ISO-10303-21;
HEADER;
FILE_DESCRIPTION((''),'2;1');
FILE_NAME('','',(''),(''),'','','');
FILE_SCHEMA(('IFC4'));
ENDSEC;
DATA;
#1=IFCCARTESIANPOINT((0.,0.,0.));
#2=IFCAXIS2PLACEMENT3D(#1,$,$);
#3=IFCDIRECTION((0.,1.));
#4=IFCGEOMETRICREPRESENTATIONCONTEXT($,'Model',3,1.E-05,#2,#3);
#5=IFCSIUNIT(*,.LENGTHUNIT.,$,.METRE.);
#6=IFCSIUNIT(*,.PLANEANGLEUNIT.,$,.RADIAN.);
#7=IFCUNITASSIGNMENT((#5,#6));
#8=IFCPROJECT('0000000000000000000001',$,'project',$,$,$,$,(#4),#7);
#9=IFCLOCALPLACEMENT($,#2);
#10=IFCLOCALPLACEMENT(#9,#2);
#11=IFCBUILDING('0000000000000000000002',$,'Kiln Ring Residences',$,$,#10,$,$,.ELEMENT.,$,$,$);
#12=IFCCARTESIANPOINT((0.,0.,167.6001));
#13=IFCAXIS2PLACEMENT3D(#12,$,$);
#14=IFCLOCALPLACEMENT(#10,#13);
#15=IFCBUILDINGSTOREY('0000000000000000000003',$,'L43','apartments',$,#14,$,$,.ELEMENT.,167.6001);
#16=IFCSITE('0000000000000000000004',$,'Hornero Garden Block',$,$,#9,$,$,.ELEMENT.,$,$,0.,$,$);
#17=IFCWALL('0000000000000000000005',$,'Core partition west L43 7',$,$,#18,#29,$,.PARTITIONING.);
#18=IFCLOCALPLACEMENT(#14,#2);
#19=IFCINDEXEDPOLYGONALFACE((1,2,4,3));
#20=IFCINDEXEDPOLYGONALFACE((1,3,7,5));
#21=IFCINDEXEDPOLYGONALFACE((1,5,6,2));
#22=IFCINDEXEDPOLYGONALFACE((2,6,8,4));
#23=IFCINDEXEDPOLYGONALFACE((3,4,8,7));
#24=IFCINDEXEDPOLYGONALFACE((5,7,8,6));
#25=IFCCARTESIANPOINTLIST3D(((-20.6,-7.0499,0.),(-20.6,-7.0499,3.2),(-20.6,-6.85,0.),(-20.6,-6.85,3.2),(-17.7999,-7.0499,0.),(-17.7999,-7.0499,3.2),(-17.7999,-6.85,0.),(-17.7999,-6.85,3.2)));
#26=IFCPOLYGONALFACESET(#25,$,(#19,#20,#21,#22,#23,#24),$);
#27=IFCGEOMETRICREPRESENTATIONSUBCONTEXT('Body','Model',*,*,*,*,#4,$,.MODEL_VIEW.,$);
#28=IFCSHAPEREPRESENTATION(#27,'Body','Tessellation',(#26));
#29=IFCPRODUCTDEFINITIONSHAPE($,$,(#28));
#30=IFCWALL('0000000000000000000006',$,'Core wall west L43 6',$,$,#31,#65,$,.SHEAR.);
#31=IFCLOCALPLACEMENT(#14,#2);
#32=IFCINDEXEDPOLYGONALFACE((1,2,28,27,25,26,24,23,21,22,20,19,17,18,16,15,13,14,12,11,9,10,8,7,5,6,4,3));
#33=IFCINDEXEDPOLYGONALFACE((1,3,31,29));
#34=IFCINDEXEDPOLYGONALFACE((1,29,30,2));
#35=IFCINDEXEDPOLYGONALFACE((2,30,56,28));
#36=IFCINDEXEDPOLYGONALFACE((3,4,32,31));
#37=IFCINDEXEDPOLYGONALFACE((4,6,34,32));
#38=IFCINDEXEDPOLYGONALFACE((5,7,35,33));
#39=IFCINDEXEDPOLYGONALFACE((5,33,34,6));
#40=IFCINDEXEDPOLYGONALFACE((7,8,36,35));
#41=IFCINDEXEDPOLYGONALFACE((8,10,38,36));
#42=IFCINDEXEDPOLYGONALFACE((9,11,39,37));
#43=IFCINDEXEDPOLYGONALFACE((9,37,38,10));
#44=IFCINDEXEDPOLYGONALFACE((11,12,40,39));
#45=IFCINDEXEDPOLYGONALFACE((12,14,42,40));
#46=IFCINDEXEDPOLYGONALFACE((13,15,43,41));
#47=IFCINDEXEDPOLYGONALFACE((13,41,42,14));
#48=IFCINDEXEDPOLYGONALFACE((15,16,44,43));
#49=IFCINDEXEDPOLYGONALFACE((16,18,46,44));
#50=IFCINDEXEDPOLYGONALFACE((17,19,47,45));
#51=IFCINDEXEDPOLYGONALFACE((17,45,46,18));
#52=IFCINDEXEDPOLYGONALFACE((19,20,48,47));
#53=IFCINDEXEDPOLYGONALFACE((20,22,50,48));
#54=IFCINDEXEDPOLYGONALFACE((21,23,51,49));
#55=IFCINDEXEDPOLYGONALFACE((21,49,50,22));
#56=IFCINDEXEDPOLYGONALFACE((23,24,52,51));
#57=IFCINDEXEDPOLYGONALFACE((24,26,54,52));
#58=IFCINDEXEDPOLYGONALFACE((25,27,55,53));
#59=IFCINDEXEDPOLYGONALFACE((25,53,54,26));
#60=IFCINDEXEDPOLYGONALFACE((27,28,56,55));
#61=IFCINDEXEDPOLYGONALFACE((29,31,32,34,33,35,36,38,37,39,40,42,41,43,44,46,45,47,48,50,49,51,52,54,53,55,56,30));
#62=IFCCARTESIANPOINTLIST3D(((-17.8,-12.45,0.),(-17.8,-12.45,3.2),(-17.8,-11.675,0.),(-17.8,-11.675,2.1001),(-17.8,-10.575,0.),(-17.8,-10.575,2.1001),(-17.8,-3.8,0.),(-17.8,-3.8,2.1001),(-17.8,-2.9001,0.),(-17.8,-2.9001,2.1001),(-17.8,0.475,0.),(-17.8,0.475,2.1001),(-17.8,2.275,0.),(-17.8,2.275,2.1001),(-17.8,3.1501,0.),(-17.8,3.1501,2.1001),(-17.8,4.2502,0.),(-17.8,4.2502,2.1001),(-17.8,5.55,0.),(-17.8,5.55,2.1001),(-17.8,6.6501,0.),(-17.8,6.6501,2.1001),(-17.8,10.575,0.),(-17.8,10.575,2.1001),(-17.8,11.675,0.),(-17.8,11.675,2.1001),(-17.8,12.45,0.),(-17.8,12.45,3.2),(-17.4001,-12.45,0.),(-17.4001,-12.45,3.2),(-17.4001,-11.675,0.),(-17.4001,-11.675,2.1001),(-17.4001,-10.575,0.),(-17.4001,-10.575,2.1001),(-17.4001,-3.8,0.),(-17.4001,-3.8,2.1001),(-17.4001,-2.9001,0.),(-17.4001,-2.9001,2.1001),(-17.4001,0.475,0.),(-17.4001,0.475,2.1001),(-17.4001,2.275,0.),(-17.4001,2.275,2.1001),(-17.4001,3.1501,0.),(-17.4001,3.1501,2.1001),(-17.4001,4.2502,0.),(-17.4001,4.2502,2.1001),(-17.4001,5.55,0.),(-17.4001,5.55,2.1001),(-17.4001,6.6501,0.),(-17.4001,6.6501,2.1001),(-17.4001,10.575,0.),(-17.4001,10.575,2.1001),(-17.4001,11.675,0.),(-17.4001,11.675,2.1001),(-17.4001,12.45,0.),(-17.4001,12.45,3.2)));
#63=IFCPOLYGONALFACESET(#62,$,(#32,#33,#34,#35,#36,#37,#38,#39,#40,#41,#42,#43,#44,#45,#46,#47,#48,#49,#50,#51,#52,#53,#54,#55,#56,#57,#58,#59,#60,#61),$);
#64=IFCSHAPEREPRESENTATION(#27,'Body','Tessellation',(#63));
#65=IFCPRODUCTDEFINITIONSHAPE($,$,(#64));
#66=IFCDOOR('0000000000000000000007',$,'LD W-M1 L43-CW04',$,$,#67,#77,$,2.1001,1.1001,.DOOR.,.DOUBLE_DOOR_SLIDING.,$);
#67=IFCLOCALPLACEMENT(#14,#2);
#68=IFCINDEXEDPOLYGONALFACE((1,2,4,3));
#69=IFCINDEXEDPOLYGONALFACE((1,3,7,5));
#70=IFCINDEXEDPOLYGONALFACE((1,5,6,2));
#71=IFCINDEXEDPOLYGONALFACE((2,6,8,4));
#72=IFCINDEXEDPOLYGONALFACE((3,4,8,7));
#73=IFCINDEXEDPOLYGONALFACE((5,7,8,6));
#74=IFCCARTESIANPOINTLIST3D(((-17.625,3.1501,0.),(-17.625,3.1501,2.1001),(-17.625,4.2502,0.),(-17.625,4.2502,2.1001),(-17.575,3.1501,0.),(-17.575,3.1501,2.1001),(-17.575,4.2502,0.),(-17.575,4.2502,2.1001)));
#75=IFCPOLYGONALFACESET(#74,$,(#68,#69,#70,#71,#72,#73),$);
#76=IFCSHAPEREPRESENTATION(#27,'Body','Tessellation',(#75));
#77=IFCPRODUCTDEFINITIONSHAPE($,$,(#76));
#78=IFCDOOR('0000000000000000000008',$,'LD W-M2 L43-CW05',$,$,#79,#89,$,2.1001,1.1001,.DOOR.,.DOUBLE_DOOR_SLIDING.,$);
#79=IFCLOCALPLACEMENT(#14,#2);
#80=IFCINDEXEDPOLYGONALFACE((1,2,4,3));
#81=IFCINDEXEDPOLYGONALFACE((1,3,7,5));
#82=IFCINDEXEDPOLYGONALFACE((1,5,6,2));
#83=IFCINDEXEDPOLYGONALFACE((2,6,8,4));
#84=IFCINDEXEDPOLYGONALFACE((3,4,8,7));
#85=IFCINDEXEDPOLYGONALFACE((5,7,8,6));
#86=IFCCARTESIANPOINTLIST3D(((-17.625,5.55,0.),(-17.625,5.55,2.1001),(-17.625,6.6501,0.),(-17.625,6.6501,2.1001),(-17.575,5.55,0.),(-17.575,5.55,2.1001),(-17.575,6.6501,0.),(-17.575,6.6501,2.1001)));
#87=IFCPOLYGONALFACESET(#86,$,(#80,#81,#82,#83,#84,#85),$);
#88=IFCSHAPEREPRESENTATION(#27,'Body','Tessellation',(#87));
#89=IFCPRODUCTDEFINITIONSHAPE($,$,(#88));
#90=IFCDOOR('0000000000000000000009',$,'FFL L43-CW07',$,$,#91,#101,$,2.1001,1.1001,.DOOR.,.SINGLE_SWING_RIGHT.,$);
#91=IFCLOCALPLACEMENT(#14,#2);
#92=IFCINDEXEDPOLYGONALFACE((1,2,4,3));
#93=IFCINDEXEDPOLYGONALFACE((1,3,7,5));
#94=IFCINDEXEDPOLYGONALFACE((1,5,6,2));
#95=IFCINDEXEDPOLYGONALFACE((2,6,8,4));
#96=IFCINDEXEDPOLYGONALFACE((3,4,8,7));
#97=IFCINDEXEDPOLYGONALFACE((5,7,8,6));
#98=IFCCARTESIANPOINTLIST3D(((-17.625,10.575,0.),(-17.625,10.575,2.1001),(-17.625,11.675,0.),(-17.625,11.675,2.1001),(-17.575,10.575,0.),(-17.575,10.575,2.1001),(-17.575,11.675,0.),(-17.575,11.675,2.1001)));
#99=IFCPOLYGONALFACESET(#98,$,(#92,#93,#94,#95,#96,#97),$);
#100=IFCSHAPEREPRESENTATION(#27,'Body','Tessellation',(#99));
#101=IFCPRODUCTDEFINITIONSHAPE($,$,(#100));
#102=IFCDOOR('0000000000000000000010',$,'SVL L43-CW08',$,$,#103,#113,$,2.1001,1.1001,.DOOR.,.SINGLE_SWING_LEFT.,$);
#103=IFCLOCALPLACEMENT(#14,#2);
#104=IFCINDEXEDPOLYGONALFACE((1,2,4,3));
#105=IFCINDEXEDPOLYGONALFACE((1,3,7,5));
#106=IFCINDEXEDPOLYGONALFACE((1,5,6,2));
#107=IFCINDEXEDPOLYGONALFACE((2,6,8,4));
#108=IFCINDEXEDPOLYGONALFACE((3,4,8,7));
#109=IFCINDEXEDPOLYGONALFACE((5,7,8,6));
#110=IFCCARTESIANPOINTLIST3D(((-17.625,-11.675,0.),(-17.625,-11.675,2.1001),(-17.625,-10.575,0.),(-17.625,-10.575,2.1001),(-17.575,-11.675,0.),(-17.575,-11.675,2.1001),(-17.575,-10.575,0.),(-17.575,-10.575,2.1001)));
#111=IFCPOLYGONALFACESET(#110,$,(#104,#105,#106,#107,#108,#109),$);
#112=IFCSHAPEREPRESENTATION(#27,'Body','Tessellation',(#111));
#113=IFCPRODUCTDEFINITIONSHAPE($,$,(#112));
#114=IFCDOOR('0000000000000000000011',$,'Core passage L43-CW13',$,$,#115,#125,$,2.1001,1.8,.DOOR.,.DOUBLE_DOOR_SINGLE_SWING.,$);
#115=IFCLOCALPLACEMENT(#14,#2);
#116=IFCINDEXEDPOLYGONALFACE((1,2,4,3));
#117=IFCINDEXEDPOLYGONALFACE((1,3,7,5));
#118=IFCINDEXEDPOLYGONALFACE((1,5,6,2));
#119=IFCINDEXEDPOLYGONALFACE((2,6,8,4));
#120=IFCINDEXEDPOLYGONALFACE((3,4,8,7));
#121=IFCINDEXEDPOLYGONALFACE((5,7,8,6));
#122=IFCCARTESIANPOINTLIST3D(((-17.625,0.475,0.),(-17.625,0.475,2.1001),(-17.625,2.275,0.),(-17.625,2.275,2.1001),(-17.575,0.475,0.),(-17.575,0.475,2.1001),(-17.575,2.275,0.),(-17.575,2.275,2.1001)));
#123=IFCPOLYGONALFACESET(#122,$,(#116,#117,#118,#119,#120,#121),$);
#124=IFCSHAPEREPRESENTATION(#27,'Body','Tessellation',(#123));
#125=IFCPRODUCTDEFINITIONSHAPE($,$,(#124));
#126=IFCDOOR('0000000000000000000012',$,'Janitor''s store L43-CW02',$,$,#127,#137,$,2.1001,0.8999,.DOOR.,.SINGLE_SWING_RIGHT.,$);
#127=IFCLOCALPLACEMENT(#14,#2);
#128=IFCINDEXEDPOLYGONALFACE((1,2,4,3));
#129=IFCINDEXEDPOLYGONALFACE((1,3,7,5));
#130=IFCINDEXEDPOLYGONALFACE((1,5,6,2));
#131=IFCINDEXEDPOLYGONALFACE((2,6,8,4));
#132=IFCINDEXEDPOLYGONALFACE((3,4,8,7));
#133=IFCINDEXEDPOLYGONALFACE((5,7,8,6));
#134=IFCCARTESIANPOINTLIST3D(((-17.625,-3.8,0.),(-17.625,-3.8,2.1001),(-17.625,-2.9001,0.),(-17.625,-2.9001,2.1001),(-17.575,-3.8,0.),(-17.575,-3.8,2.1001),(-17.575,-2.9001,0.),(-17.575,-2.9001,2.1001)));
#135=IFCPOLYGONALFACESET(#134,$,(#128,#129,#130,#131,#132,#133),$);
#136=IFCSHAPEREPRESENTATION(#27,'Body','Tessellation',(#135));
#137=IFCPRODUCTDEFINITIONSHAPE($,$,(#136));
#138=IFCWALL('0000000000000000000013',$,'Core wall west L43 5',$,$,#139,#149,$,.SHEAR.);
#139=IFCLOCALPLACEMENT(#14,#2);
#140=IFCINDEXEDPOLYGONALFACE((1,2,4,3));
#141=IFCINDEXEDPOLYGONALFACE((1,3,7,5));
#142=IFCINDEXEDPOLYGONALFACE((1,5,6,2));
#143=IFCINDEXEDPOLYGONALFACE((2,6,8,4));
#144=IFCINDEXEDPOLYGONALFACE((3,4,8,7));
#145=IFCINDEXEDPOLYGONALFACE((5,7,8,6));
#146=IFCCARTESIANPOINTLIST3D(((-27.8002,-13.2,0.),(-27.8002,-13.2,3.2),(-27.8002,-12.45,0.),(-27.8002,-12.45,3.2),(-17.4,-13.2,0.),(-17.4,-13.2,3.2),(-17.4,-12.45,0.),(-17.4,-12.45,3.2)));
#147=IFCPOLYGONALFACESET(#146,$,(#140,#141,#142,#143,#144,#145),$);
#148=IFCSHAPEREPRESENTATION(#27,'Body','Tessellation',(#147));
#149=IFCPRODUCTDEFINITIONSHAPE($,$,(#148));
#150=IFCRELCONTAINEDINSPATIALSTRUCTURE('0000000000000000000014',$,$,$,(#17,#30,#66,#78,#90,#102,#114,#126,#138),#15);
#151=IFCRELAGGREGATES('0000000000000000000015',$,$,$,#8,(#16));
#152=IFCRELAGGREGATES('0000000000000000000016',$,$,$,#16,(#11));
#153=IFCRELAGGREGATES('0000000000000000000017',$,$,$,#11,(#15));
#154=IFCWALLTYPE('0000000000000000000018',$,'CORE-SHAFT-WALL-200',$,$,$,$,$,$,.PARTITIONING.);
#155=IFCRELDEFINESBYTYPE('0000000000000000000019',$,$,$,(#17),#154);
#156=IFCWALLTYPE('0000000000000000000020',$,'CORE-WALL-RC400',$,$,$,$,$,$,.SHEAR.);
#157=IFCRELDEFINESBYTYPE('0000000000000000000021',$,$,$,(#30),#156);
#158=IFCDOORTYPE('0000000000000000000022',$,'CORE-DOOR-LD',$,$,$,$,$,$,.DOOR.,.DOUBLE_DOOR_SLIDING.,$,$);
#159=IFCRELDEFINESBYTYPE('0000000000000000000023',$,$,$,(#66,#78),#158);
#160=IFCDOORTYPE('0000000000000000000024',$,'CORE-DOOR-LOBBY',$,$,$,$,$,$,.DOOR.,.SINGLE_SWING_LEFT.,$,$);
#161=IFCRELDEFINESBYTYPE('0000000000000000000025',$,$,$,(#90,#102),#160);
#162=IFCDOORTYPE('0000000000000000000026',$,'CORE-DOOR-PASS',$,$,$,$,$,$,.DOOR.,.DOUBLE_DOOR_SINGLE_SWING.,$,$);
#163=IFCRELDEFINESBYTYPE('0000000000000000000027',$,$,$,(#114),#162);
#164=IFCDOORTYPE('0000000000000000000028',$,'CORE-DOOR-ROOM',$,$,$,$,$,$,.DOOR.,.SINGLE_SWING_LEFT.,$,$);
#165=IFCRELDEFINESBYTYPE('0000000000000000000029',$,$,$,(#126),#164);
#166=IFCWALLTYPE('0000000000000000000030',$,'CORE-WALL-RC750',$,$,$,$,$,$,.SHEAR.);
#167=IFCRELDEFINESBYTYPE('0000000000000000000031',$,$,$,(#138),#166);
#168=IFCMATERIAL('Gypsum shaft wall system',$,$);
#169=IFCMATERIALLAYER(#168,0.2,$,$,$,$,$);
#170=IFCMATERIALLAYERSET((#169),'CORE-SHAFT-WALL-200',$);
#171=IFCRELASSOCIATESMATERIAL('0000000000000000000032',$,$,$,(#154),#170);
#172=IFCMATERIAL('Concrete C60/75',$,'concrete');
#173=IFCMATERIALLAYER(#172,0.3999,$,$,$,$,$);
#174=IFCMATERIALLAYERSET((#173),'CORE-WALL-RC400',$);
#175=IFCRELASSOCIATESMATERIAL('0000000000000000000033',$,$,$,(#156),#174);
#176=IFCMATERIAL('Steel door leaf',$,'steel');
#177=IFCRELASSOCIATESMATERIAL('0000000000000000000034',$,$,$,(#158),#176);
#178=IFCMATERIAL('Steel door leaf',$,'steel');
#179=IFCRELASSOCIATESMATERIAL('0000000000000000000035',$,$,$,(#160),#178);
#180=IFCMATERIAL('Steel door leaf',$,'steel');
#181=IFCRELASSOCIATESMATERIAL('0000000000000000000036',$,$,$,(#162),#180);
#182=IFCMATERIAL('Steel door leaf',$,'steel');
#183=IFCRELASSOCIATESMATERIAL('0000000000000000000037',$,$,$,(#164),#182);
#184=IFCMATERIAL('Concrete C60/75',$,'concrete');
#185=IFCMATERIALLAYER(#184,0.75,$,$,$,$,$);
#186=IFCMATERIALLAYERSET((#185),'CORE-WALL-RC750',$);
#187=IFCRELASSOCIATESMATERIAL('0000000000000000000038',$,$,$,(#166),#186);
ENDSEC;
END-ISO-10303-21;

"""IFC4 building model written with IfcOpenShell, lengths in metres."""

from ifc_helpers import new_model, si_unit, direction, frame, frame_2d, origin, place, context, subcontext, project, spatial, rectangle, extrude, material, layer, layer_set, type_object, element, fill, save


model = new_model("IFC4")

# Units and contexts
model_context = context("Model", 3, precision=1e-05, world=origin(), true_north=direction((0.0, 1.0)))
body_context = subcontext(model_context, "Body", "Model", "MODEL_VIEW")
ifc_project = project(units=[si_unit("LENGTHUNIT", "METRE"), si_unit("PLANEANGLEUNIT", "RADIAN")], contexts=[model_context])

# Site, building, storey
site_placement = place(None, origin())
site = spatial("IfcSite", under=ifc_project, at=site_placement, Name="Hornero Garden Block", CompositionType="ELEMENT", RefElevation=0.0)
building_placement = place(site_placement, origin())
building = spatial("IfcBuilding", under=site, at=building_placement, Name="Kiln Ring Residences", CompositionType="ELEMENT")
storey_placement = place(building_placement, frame((0.0, 0.0, 167.6001)))
storey = spatial("IfcBuildingStorey", under=building, at=storey_placement, Name="L43", Description="apartments", CompositionType="ELEMENT", Elevation=167.6001)

# Wall
ifc_material_1 = material(Name="Gypsum shaft wall system")
ifc_layer_1 = layer(ifc_material_1, 0.2)
ifc_layer_set_1 = layer_set([ifc_layer_1], Name="CORE-SHAFT-WALL-200")
wall_type_1 = type_object("IfcWallType", Name="CORE-SHAFT-WALL-200", PredefinedType="PARTITIONING", material=ifc_layer_set_1)
wall_1_placement = place(storey_placement, frame((-17.8, -6.95, 0.0), z_axis=(0.0, 0.0, 1.0), x_axis=(-1.0, 0.0, 0.0)))
element("IfcWall", 1, at=wall_1_placement, inside=storey, type_object=wall_type_1, Name="Core partition west L43 7", PredefinedType="PARTITIONING", context=body_context, shape_type="SweptSolid", body=[
    extrude(rectangle(XDim=2.8, YDim=0.2, at=frame_2d((1.3999, 0.0))), origin(), (0.0, 0.0, 1.0), 3.2),
])

# Wall, openings, doors
ifc_material_2 = material(Name="Concrete C60/75", Category="concrete")
ifc_layer_2 = layer(ifc_material_2, 0.3999)
ifc_layer_set_2 = layer_set([ifc_layer_2], Name="CORE-WALL-RC400")
wall_type_2 = type_object("IfcWallType", Name="CORE-WALL-RC400", PredefinedType="SHEAR", material=ifc_layer_set_2)
wall_2_placement = place(storey_placement, frame((-17.6001, -12.45, 0.0), z_axis=(0.0, 0.0, 1.0), x_axis=(0.0, 1.0, 0.0)))
wall_2 = element("IfcWall", 2, at=wall_2_placement, inside=storey, type_object=wall_type_2, Name="Core wall west L43 6", PredefinedType="SHEAR", context=body_context, shape_type="SweptSolid", body=[
    extrude(rectangle(XDim=24.8999, YDim=0.3999, at=frame_2d((12.45, 0.0))), origin(), (0.0, 0.0, 1.0), 3.2),
])
opening_1_placement = place(wall_2_placement, frame((8.6499, 0.0, 0.0)))
opening_1 = element("IfcOpeningElement", 3, at=opening_1_placement, cuts=wall_2, PredefinedType="OPENING", context=body_context, shape_type="SweptSolid", body=[
    extrude(rectangle(XDim=0.8999, YDim=2.1001, at=frame_2d((0.45, 1.05))), frame((0.0, 0.21, 0.0), z_axis=(0.0, -1.0, 0.0), x_axis=(1.0, 0.0, 0.0)), (0.0, 0.0, 1.0), 0.4199),
])
opening_2_placement = place(wall_2_placement, frame((15.6001, 0.0, 0.0)))
opening_2 = element("IfcOpeningElement", 4, at=opening_2_placement, cuts=wall_2, PredefinedType="OPENING", context=body_context, shape_type="SweptSolid", body=[
    extrude(rectangle(XDim=1.1001, YDim=2.1001, at=frame_2d((0.55, 1.05))), frame((0.0, 0.21, 0.0), z_axis=(0.0, -1.0, 0.0), x_axis=(1.0, 0.0, 0.0)), (0.0, 0.0, 1.0), 0.4199),
])
opening_3_placement = place(wall_2_placement, frame((18.0, 0.0, 0.0)))
opening_3 = element("IfcOpeningElement", 5, at=opening_3_placement, cuts=wall_2, PredefinedType="OPENING", context=body_context, shape_type="SweptSolid", body=[
    extrude(rectangle(XDim=1.1001, YDim=2.1001, at=frame_2d((0.55, 1.05))), frame((0.0, 0.21, 0.0), z_axis=(0.0, -1.0, 0.0), x_axis=(1.0, 0.0, 0.0)), (0.0, 0.0, 1.0), 0.4199),
])
opening_4_placement = place(wall_2_placement, frame((23.0249, 0.0, 0.0)))
opening_4 = element("IfcOpeningElement", 6, at=opening_4_placement, cuts=wall_2, PredefinedType="OPENING", context=body_context, shape_type="SweptSolid", body=[
    extrude(rectangle(XDim=1.1001, YDim=2.1001, at=frame_2d((0.55, 1.05))), frame((0.0, 0.21, 0.0), z_axis=(0.0, -1.0, 0.0), x_axis=(1.0, 0.0, 0.0)), (0.0, 0.0, 1.0), 0.4199),
])
opening_5_placement = place(wall_2_placement, frame((0.7749, 0.0, 0.0)))
opening_5 = element("IfcOpeningElement", 7, at=opening_5_placement, cuts=wall_2, PredefinedType="OPENING", context=body_context, shape_type="SweptSolid", body=[
    extrude(rectangle(XDim=1.1001, YDim=2.1001, at=frame_2d((0.55, 1.05))), frame((0.0, 0.21, 0.0), z_axis=(0.0, -1.0, 0.0), x_axis=(1.0, 0.0, 0.0)), (0.0, 0.0, 1.0), 0.4199),
])
opening_6_placement = place(wall_2_placement, frame((12.925, 0.0, 0.0)))
opening_6 = element("IfcOpeningElement", 8, at=opening_6_placement, cuts=wall_2, PredefinedType="OPENING", context=body_context, shape_type="SweptSolid", body=[
    extrude(rectangle(XDim=1.8, YDim=2.1001, at=frame_2d((0.8999, 1.05))), frame((0.0, 0.21, 0.0), z_axis=(0.0, -1.0, 0.0), x_axis=(1.0, 0.0, 0.0)), (0.0, 0.0, 1.0), 0.4199),
])
ifc_material_3 = material(Name="Steel door leaf", Category="steel")
door_type_1 = type_object("IfcDoorType", Name="CORE-DOOR-LD", OperationType="DOUBLE_DOOR_SLIDING", PredefinedType="DOOR", material=ifc_material_3)
door_1_placement = place(opening_2_placement, origin())
door_1 = element("IfcDoor", 9, at=door_1_placement, inside=storey, type_object=door_type_1, Name="LD W-M1 L43-CW04", OperationType="DOUBLE_DOOR_SLIDING", OverallHeight=2.1001, OverallWidth=1.1001, PredefinedType="DOOR", context=body_context, shape_type="SweptSolid", body=[
    extrude(rectangle(XDim=1.1001, YDim=2.1001, at=frame_2d((0.55, 1.05))), frame((0.0, 0.0249, 0.0), z_axis=(0.0, -1.0, 0.0), x_axis=(1.0, 0.0, 0.0)), (0.0, 0.0, 1.0), 0.05),
])
fill(opening_2, door_1)
door_2_placement = place(opening_3_placement, origin())
door_2 = element("IfcDoor", 10, at=door_2_placement, inside=storey, type_object=door_type_1, Name="LD W-M2 L43-CW05", OperationType="DOUBLE_DOOR_SLIDING", OverallHeight=2.1001, OverallWidth=1.1001, PredefinedType="DOOR", context=body_context, shape_type="SweptSolid", body=[
    extrude(rectangle(XDim=1.1001, YDim=2.1001, at=frame_2d((0.55, 1.05))), frame((0.0, 0.0249, 0.0), z_axis=(0.0, -1.0, 0.0), x_axis=(1.0, 0.0, 0.0)), (0.0, 0.0, 1.0), 0.05),
])
fill(opening_3, door_2)
ifc_material_4 = material(Name="Steel door leaf", Category="steel")
door_type_2 = type_object("IfcDoorType", Name="CORE-DOOR-LOBBY", OperationType="SINGLE_SWING_LEFT", PredefinedType="DOOR", material=ifc_material_4)
door_3_placement = place(opening_4_placement, origin())
door_3 = element("IfcDoor", 11, at=door_3_placement, inside=storey, type_object=door_type_2, Name="FFL L43-CW07", OperationType="SINGLE_SWING_RIGHT", OverallHeight=2.1001, OverallWidth=1.1001, PredefinedType="DOOR", context=body_context, shape_type="SweptSolid", body=[
    extrude(rectangle(XDim=1.1001, YDim=2.1001, at=frame_2d((0.55, 1.05))), frame((0.0, 0.0249, 0.0), z_axis=(0.0, -1.0, 0.0), x_axis=(1.0, 0.0, 0.0)), (0.0, 0.0, 1.0), 0.05),
])
fill(opening_4, door_3)
door_4_placement = place(opening_5_placement, origin())
door_4 = element("IfcDoor", 12, at=door_4_placement, inside=storey, type_object=door_type_2, Name="SVL L43-CW08", OperationType="SINGLE_SWING_LEFT", OverallHeight=2.1001, OverallWidth=1.1001, PredefinedType="DOOR", context=body_context, shape_type="SweptSolid", body=[
    extrude(rectangle(XDim=1.1001, YDim=2.1001, at=frame_2d((0.55, 1.05))), frame((0.0, 0.0249, 0.0), z_axis=(0.0, -1.0, 0.0), x_axis=(1.0, 0.0, 0.0)), (0.0, 0.0, 1.0), 0.05),
])
fill(opening_5, door_4)
ifc_material_5 = material(Name="Steel door leaf", Category="steel")
door_type_3 = type_object("IfcDoorType", Name="CORE-DOOR-PASS", OperationType="DOUBLE_DOOR_SINGLE_SWING", PredefinedType="DOOR", material=ifc_material_5)
door_5_placement = place(opening_6_placement, origin())
door_5 = element("IfcDoor", 13, at=door_5_placement, inside=storey, type_object=door_type_3, Name="Core passage L43-CW13", OperationType="DOUBLE_DOOR_SINGLE_SWING", OverallHeight=2.1001, OverallWidth=1.8, PredefinedType="DOOR", context=body_context, shape_type="SweptSolid", body=[
    extrude(rectangle(XDim=1.8, YDim=2.1001, at=frame_2d((0.8999, 1.05))), frame((0.0, 0.0249, 0.0), z_axis=(0.0, -1.0, 0.0), x_axis=(1.0, 0.0, 0.0)), (0.0, 0.0, 1.0), 0.05),
])
fill(opening_6, door_5)
ifc_material_6 = material(Name="Steel door leaf", Category="steel")
door_type_4 = type_object("IfcDoorType", Name="CORE-DOOR-ROOM", OperationType="SINGLE_SWING_LEFT", PredefinedType="DOOR", material=ifc_material_6)
door_6_placement = place(opening_1_placement, origin())
door_6 = element("IfcDoor", 14, at=door_6_placement, inside=storey, type_object=door_type_4, Name="Janitor's store L43-CW02", OperationType="SINGLE_SWING_RIGHT", OverallHeight=2.1001, OverallWidth=0.8999, PredefinedType="DOOR", context=body_context, shape_type="SweptSolid", body=[
    extrude(rectangle(XDim=0.8999, YDim=2.1001, at=frame_2d((0.45, 1.05))), frame((0.0, 0.0249, 0.0), z_axis=(0.0, -1.0, 0.0), x_axis=(1.0, 0.0, 0.0)), (0.0, 0.0, 1.0), 0.05),
])
fill(opening_1, door_6)

# Wall
ifc_material_7 = material(Name="Concrete C60/75", Category="concrete")
ifc_layer_3 = layer(ifc_material_7, 0.75)
ifc_layer_set_3 = layer_set([ifc_layer_3], Name="CORE-WALL-RC750")
wall_type_3 = type_object("IfcWallType", Name="CORE-WALL-RC750", PredefinedType="SHEAR", material=ifc_layer_set_3)
wall_3_placement = place(storey_placement, frame((-17.3999, -12.825, 0.0), z_axis=(0.0, 0.0, 1.0), x_axis=(-1.0, 0.0, 0.0)))
element("IfcWall", 15, at=wall_3_placement, inside=storey, type_object=wall_type_3, Name="Core wall west L43 5", PredefinedType="SHEAR", context=body_context, shape_type="SweptSolid", body=[
    extrude(rectangle(XDim=10.4001, YDim=0.75, at=frame_2d((5.2002, 0.0))), origin(), (0.0, 0.0, 1.0), 3.2),
])

save(model, "model.ifc")
